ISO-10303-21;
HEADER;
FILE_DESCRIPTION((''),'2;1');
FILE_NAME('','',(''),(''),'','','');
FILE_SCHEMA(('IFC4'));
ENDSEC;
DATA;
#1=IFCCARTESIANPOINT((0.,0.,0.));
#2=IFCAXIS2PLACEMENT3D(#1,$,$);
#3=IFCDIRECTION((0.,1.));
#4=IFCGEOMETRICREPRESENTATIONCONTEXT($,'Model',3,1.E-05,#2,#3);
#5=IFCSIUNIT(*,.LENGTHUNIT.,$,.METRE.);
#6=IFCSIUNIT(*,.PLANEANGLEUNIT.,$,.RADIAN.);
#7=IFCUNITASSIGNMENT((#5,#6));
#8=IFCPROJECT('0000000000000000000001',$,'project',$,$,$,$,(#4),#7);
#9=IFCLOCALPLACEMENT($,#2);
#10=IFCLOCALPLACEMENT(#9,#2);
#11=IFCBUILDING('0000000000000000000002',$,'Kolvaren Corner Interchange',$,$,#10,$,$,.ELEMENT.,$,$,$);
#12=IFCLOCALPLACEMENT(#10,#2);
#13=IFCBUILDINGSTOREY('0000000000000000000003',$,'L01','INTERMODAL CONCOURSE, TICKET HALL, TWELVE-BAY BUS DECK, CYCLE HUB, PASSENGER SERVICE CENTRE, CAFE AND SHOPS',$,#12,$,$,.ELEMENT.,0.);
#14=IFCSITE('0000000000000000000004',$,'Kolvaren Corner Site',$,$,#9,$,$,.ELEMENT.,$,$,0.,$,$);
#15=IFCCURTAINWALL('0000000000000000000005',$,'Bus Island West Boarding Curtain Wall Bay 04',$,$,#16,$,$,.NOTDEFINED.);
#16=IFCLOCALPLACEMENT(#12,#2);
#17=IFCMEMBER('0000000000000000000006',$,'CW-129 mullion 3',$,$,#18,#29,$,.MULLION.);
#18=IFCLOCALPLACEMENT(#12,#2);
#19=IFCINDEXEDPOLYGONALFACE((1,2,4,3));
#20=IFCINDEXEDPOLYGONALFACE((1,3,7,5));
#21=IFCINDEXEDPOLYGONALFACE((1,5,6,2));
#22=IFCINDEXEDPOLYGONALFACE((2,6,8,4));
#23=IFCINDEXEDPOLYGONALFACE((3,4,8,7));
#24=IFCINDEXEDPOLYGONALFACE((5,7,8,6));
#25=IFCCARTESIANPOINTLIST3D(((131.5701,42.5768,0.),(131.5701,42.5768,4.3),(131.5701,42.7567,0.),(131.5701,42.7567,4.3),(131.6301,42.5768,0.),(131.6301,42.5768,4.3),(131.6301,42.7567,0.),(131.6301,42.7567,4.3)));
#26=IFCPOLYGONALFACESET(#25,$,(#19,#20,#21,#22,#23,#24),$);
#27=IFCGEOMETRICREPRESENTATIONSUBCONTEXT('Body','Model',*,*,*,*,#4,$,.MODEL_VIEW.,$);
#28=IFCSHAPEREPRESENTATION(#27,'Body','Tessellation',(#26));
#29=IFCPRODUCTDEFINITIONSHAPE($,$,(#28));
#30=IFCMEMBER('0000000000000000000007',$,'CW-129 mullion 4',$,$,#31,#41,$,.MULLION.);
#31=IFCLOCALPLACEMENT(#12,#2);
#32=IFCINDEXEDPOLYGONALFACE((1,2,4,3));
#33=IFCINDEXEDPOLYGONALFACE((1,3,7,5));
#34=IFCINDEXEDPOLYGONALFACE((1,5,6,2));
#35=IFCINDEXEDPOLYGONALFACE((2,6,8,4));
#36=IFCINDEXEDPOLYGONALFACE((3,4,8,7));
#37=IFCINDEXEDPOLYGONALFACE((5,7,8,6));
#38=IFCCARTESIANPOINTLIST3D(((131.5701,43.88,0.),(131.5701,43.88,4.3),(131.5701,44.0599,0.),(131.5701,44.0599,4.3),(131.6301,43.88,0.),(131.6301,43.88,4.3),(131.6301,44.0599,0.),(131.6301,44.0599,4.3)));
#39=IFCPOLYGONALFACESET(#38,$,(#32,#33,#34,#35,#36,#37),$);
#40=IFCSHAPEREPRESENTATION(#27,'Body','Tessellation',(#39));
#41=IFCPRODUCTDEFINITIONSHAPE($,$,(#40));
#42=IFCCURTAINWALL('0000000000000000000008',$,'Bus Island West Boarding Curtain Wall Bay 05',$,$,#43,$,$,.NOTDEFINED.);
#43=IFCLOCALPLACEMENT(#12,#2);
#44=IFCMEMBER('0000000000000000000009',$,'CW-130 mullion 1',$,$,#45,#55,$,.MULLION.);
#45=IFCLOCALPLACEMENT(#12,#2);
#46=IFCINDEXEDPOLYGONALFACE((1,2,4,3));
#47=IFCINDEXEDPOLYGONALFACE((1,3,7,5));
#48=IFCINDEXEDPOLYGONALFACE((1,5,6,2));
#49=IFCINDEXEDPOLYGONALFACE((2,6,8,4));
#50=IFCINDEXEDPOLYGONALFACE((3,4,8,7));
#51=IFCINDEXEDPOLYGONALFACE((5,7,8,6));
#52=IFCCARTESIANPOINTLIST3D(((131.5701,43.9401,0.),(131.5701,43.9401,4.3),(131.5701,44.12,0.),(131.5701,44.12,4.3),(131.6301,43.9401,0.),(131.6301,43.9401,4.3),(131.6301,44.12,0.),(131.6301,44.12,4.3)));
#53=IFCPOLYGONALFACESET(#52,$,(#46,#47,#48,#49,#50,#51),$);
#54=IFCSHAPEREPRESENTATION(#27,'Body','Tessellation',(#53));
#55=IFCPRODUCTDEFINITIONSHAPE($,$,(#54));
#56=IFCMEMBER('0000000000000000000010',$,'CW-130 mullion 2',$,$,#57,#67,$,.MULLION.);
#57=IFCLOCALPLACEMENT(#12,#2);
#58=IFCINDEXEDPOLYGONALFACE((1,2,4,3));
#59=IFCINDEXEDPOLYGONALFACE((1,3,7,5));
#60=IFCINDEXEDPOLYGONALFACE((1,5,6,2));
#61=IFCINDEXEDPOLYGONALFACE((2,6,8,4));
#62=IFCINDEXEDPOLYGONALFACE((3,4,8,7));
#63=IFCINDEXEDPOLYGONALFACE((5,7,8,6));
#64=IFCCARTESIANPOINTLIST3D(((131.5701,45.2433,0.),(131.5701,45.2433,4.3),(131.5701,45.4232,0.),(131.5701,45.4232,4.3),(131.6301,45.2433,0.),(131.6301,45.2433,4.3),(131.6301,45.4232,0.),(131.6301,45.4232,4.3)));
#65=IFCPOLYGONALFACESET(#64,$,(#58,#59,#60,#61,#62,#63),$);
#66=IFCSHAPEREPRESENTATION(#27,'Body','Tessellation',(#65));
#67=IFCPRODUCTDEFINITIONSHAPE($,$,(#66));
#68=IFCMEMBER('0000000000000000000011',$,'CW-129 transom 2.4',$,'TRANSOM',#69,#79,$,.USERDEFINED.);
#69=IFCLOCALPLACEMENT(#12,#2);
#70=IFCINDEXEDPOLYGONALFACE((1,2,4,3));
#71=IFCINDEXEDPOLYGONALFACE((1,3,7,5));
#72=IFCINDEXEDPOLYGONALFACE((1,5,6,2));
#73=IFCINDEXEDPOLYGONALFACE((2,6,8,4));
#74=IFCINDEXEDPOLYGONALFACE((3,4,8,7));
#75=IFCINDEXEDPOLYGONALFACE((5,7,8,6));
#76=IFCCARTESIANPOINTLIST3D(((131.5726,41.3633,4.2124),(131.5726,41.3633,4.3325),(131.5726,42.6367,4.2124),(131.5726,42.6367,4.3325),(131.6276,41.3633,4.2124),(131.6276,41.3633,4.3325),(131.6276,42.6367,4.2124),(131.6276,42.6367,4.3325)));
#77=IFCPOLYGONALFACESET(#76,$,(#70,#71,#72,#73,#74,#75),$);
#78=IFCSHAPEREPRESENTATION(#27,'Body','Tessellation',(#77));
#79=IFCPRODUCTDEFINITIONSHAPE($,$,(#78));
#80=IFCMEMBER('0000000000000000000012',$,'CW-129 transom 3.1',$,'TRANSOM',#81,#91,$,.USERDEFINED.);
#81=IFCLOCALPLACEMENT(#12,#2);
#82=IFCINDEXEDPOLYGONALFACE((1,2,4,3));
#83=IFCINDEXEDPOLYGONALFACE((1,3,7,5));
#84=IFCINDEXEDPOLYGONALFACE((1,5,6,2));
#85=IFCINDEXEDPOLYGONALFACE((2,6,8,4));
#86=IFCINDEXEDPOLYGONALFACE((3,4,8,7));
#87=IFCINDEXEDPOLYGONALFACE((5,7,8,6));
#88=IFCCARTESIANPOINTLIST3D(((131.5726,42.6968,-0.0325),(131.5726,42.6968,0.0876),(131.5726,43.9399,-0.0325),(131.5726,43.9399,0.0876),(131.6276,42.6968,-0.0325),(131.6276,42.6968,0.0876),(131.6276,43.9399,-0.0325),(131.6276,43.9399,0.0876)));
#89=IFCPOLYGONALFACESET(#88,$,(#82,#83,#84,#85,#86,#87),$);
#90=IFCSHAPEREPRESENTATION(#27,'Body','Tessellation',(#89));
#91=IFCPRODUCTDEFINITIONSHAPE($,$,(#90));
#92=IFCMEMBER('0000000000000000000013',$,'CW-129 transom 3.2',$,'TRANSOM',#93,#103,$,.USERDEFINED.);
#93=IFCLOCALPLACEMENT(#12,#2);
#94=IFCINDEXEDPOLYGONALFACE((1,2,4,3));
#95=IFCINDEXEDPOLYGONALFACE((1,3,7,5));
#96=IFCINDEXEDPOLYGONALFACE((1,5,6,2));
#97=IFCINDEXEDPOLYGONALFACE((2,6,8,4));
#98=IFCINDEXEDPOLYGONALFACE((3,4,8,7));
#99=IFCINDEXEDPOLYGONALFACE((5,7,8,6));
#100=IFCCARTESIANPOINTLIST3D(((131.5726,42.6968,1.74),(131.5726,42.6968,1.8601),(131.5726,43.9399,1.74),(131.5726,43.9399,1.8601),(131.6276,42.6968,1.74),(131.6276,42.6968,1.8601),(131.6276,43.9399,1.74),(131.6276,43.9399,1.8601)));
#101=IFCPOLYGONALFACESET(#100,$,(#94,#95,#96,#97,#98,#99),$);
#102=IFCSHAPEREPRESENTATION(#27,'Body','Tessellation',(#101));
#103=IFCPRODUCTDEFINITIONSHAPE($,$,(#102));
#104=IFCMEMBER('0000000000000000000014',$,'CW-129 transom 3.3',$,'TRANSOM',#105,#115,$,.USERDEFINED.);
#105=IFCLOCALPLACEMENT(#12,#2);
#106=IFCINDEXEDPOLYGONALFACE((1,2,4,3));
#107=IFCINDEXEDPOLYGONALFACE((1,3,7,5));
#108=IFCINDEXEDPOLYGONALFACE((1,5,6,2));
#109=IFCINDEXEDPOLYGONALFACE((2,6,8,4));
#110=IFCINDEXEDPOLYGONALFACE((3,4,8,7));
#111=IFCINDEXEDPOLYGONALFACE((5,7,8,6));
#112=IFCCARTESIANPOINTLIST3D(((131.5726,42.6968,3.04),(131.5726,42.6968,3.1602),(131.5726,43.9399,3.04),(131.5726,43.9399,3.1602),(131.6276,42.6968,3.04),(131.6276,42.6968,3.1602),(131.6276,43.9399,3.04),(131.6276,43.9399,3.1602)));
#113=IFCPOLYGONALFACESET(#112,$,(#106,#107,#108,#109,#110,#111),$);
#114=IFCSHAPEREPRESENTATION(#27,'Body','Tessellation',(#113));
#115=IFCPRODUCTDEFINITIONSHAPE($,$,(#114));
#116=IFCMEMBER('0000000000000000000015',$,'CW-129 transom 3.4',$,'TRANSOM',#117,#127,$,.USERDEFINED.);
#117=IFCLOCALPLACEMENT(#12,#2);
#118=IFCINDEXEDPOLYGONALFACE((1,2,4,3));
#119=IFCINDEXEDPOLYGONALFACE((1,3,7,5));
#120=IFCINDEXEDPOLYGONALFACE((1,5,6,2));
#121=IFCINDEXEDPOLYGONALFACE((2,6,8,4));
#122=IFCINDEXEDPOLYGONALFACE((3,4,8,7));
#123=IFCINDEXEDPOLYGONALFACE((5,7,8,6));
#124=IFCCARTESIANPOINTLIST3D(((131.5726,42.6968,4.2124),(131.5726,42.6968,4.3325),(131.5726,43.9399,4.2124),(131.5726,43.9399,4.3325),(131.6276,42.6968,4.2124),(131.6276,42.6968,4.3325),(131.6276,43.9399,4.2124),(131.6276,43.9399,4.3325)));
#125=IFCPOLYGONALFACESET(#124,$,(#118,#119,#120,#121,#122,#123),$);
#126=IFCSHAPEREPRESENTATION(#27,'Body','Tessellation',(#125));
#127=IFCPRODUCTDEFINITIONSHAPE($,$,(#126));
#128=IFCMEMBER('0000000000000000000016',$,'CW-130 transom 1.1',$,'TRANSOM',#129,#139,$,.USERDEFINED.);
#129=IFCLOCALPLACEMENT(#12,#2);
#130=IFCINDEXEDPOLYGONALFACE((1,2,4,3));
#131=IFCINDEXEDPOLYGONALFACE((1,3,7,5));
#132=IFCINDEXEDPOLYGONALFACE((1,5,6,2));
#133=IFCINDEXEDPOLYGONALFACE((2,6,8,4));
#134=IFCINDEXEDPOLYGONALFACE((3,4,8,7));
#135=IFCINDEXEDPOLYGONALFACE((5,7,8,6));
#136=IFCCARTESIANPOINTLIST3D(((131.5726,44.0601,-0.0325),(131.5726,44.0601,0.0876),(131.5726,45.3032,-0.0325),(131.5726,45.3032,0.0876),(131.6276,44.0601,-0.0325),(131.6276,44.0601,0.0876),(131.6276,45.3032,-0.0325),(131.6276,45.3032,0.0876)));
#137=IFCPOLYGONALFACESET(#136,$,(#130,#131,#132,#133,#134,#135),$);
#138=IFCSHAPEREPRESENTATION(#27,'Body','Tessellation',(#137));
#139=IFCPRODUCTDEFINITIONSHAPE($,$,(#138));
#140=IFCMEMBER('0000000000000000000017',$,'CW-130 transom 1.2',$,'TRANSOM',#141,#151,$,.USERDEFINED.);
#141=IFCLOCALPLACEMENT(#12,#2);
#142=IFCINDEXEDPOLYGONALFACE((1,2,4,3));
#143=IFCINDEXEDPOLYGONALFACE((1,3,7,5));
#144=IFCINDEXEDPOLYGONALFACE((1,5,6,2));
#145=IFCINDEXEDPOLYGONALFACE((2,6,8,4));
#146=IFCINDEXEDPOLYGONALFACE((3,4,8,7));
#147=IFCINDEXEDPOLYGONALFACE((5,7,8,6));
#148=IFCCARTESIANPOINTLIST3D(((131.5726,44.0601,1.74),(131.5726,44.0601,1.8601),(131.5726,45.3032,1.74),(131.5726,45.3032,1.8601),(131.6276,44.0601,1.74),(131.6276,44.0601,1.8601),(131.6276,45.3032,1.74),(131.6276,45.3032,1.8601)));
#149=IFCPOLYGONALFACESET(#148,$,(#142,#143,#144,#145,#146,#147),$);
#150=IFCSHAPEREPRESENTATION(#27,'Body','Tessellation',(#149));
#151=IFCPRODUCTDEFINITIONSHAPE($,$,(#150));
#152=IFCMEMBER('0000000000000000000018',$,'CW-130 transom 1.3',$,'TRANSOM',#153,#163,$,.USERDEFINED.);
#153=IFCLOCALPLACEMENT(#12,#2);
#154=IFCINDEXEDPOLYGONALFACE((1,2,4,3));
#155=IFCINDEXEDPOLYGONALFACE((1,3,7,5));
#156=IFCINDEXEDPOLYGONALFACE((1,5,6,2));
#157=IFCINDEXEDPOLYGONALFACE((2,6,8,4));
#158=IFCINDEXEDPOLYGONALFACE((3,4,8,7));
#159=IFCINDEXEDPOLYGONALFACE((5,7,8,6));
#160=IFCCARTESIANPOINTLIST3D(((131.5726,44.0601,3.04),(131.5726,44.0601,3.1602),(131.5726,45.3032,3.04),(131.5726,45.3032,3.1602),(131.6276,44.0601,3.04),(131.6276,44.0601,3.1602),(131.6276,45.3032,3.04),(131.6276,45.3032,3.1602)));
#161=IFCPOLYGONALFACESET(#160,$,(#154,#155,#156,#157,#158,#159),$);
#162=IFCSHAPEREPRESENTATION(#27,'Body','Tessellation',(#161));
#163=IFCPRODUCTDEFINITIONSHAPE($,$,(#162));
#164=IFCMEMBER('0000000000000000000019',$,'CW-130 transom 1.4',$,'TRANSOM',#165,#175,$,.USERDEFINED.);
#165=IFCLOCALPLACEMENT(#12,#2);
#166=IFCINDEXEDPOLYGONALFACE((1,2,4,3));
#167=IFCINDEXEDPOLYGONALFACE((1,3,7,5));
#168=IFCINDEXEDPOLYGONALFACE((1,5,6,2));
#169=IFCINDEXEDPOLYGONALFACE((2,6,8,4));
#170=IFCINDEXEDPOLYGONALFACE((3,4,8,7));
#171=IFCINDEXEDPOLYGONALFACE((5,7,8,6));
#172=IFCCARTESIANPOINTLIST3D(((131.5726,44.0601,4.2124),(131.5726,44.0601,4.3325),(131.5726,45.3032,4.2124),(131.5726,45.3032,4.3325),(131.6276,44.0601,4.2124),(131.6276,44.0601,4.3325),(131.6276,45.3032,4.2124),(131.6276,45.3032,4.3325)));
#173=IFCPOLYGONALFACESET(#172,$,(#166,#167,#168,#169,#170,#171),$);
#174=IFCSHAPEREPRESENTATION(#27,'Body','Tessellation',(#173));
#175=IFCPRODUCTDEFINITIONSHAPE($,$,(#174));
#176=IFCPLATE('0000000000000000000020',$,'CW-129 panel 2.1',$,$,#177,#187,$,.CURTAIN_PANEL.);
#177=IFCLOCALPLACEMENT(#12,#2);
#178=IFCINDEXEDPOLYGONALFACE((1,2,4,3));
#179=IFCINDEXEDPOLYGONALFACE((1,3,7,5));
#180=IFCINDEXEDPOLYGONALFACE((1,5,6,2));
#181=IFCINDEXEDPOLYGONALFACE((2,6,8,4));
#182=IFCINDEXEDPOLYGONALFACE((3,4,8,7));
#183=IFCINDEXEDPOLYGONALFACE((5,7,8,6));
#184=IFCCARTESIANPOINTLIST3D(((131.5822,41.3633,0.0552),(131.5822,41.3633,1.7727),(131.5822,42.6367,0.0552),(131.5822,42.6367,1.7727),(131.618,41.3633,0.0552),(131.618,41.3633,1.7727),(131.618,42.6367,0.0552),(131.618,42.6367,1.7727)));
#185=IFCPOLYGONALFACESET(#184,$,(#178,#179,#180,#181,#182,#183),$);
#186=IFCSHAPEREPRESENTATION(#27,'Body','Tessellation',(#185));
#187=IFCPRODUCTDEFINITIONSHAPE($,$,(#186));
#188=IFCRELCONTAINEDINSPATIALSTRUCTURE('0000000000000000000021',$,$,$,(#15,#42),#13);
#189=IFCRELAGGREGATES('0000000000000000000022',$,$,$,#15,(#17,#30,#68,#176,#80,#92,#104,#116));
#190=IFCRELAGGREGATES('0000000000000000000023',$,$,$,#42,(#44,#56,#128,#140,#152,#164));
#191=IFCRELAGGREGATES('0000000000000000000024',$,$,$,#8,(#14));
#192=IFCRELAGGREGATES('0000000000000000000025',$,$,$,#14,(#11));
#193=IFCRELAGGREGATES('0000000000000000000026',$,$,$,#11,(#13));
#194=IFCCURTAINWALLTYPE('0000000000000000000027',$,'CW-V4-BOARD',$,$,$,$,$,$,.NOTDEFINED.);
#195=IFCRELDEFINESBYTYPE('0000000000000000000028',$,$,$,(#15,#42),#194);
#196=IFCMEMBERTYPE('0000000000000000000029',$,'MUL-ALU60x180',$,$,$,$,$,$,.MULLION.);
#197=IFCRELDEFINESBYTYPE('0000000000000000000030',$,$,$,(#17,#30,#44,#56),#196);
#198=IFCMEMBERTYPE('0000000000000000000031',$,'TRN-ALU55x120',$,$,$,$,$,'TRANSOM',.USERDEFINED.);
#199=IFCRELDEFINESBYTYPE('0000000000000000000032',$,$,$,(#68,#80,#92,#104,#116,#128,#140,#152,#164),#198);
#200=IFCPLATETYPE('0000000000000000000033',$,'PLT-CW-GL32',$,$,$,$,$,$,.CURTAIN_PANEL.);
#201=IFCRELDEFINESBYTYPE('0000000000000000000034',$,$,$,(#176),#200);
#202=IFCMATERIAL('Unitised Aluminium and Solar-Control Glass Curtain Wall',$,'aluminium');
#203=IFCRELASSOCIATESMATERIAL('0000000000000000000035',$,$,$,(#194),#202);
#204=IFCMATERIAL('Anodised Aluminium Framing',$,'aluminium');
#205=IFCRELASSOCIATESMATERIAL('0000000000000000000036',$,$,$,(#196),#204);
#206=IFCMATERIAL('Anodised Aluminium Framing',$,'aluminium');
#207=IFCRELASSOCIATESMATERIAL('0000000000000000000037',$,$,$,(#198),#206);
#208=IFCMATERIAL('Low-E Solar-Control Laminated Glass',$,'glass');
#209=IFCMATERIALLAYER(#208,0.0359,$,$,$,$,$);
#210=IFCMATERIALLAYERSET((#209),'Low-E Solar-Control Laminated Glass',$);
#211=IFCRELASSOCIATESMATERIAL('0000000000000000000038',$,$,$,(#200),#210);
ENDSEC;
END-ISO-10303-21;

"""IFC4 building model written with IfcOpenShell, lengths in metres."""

from ifc_helpers import new_model, si_unit, direction, frame, origin, origin_2d, place, context, subcontext, project, spatial, rectangle, extrude, material, layer, layer_set, material_profile, profile_set, type_object, element, aggregate, save


model = new_model("IFC4")

# Units and contexts
model_context = context("Model", 3, precision=1e-05, world=origin(), true_north=direction((0.0, 1.0)))
body_context = subcontext(model_context, "Body", "Model", "MODEL_VIEW")
ifc_project = project(units=[si_unit("LENGTHUNIT", "METRE"), si_unit("PLANEANGLEUNIT", "RADIAN")], contexts=[model_context])

# Site, building, storey
site_placement = place(None, origin())
site = spatial("IfcSite", under=ifc_project, at=site_placement, Name="Kolvaren Corner Site", CompositionType="ELEMENT", RefElevation=0.0)
building_placement = place(site_placement, origin())
building = spatial("IfcBuilding", under=site, at=building_placement, Name="Kolvaren Corner Interchange", CompositionType="ELEMENT")
storey_placement = place(building_placement, origin())
storey = spatial("IfcBuildingStorey", under=building, at=storey_placement, Name="L01", Description="INTERMODAL CONCOURSE, TICKET HALL, TWELVE-BAY BUS DECK, CYCLE HUB, PASSENGER SERVICE CENTRE, CAFE AND SHOPS", CompositionType="ELEMENT", Elevation=0.0)

# Curtain walls, members
ifc_material_1 = material(Name="Unitised Aluminium and Solar-Control Glass Curtain Wall", Category="aluminium")
curtain_wall_type = type_object("IfcCurtainWallType", Name="CW-V4-BOARD", PredefinedType="NOTDEFINED", material=ifc_material_1)
curtain_wall_1_placement = place(storey_placement, origin())
curtain_wall_1 = element("IfcCurtainWall", 1, at=curtain_wall_1_placement, inside=storey, type_object=curtain_wall_type, Name="Bus Island West Boarding Curtain Wall Bay 04", PredefinedType="NOTDEFINED")
ifc_material_2 = material(Name="Anodised Aluminium Framing", Category="aluminium")
ifc_material_profile_1 = material_profile(ifc_material_2, rectangle(XDim=0.0601, YDim=0.1799, at=origin_2d()), Name="ALU 60x180")
ifc_profile_set_1 = profile_set([ifc_material_profile_1], Name="Anodised Aluminium Framing")
member_type_1 = type_object("IfcMemberType", Name="MUL-ALU60x180", PredefinedType="MULLION", material=ifc_profile_set_1)
member_1_placement = place(storey_placement, frame((131.6001, 42.6667, 0.0), z_axis=(0.0, 0.0, 1.0), x_axis=(-1.0, 0.0, 0.0)))
member_1 = element("IfcMember", 2, at=member_1_placement, type_object=member_type_1, Name="CW-129 mullion 3", PredefinedType="MULLION", context=body_context, shape_type="SweptSolid", body=[
    extrude(rectangle(XDim=0.0601, YDim=0.1799, at=origin_2d()), origin(), (0.0, 0.0, 1.0), 4.3),
])
member_2_placement = place(storey_placement, frame((131.6001, 43.97, 0.0), z_axis=(0.0, 0.0, 1.0), x_axis=(-1.0, 0.0, 0.0)))
member_2 = element("IfcMember", 3, at=member_2_placement, type_object=member_type_1, Name="CW-129 mullion 4", PredefinedType="MULLION", context=body_context, shape_type="SweptSolid", body=[
    extrude(rectangle(XDim=0.0601, YDim=0.1799, at=origin_2d()), origin(), (0.0, 0.0, 1.0), 4.3),
])
curtain_wall_2_placement = place(storey_placement, origin())
curtain_wall_2 = element("IfcCurtainWall", 4, at=curtain_wall_2_placement, inside=storey, type_object=curtain_wall_type, Name="Bus Island West Boarding Curtain Wall Bay 05", PredefinedType="NOTDEFINED")
member_3_placement = place(storey_placement, frame((131.6001, 44.03, 0.0), z_axis=(0.0, 0.0, 1.0), x_axis=(-1.0, 0.0, 0.0)))
member_3 = element("IfcMember", 5, at=member_3_placement, type_object=member_type_1, Name="CW-130 mullion 1", PredefinedType="MULLION", context=body_context, shape_type="SweptSolid", body=[
    extrude(rectangle(XDim=0.0601, YDim=0.1799, at=origin_2d()), origin(), (0.0, 0.0, 1.0), 4.3),
])
member_4_placement = place(storey_placement, frame((131.6001, 45.3333, 0.0), z_axis=(0.0, 0.0, 1.0), x_axis=(-1.0, 0.0, 0.0)))
member_4 = element("IfcMember", 6, at=member_4_placement, type_object=member_type_1, Name="CW-130 mullion 2", PredefinedType="MULLION", context=body_context, shape_type="SweptSolid", body=[
    extrude(rectangle(XDim=0.0601, YDim=0.1799, at=origin_2d()), origin(), (0.0, 0.0, 1.0), 4.3),
])

# Members
ifc_material_3 = material(Name="Anodised Aluminium Framing", Category="aluminium")
ifc_material_profile_2 = material_profile(ifc_material_3, rectangle(XDim=0.0549, YDim=0.1201, at=origin_2d()), Name="ALU 55x120")
ifc_profile_set_2 = profile_set([ifc_material_profile_2], Name="Anodised Aluminium Framing")
member_type_2 = type_object("IfcMemberType", Name="TRN-ALU55x120", ElementType="TRANSOM", PredefinedType="USERDEFINED", material=ifc_profile_set_2)
member_5_placement = place(storey_placement, frame((131.6001, 41.3633, 4.2725), z_axis=(0.0, 1.0, 0.0), x_axis=(-1.0, 0.0, 0.0)))
member_5 = element("IfcMember", 7, at=member_5_placement, type_object=member_type_2, Name="CW-129 transom 2.4", ObjectType="TRANSOM", PredefinedType="USERDEFINED", context=body_context, shape_type="SweptSolid", body=[
    extrude(rectangle(XDim=0.0549, YDim=0.1201, at=origin_2d()), origin(), (0.0, 0.0, 1.0), 1.2734),
])
member_6_placement = place(storey_placement, frame((131.6001, 42.6968, 0.0276), z_axis=(0.0, 1.0, 0.0), x_axis=(-1.0, 0.0, 0.0)))
member_6 = element("IfcMember", 8, at=member_6_placement, type_object=member_type_2, Name="CW-129 transom 3.1", ObjectType="TRANSOM", PredefinedType="USERDEFINED", context=body_context, shape_type="SweptSolid", body=[
    extrude(rectangle(XDim=0.0549, YDim=0.1201, at=origin_2d()), origin(), (0.0, 0.0, 1.0), 1.2432),
])
member_7_placement = place(storey_placement, frame((131.6001, 42.6968, 1.8), z_axis=(0.0, 1.0, 0.0), x_axis=(-1.0, 0.0, 0.0)))
member_7 = element("IfcMember", 9, at=member_7_placement, type_object=member_type_2, Name="CW-129 transom 3.2", ObjectType="TRANSOM", PredefinedType="USERDEFINED", context=body_context, shape_type="SweptSolid", body=[
    extrude(rectangle(XDim=0.0549, YDim=0.1201, at=origin_2d()), origin(), (0.0, 0.0, 1.0), 1.2432),
])
member_8_placement = place(storey_placement, frame((131.6001, 42.6968, 3.1001), z_axis=(0.0, 1.0, 0.0), x_axis=(-1.0, 0.0, 0.0)))
member_8 = element("IfcMember", 10, at=member_8_placement, type_object=member_type_2, Name="CW-129 transom 3.3", ObjectType="TRANSOM", PredefinedType="USERDEFINED", context=body_context, shape_type="SweptSolid", body=[
    extrude(rectangle(XDim=0.0549, YDim=0.1201, at=origin_2d()), origin(), (0.0, 0.0, 1.0), 1.2432),
])
member_9_placement = place(storey_placement, frame((131.6001, 42.6968, 4.2725), z_axis=(0.0, 1.0, 0.0), x_axis=(-1.0, 0.0, 0.0)))
member_9 = element("IfcMember", 11, at=member_9_placement, type_object=member_type_2, Name="CW-129 transom 3.4", ObjectType="TRANSOM", PredefinedType="USERDEFINED", context=body_context, shape_type="SweptSolid", body=[
    extrude(rectangle(XDim=0.0549, YDim=0.1201, at=origin_2d()), origin(), (0.0, 0.0, 1.0), 1.2432),
])
member_10_placement = place(storey_placement, frame((131.6001, 44.0601, 0.0276), z_axis=(0.0, 1.0, 0.0), x_axis=(-1.0, 0.0, 0.0)))
member_10 = element("IfcMember", 12, at=member_10_placement, type_object=member_type_2, Name="CW-130 transom 1.1", ObjectType="TRANSOM", PredefinedType="USERDEFINED", context=body_context, shape_type="SweptSolid", body=[
    extrude(rectangle(XDim=0.0549, YDim=0.1201, at=origin_2d()), origin(), (0.0, 0.0, 1.0), 1.2432),
])
member_11_placement = place(storey_placement, frame((131.6001, 44.0601, 1.8), z_axis=(0.0, 1.0, 0.0), x_axis=(-1.0, 0.0, 0.0)))
member_11 = element("IfcMember", 13, at=member_11_placement, type_object=member_type_2, Name="CW-130 transom 1.2", ObjectType="TRANSOM", PredefinedType="USERDEFINED", context=body_context, shape_type="SweptSolid", body=[
    extrude(rectangle(XDim=0.0549, YDim=0.1201, at=origin_2d()), origin(), (0.0, 0.0, 1.0), 1.2432),
])
member_12_placement = place(storey_placement, frame((131.6001, 44.0601, 3.1001), z_axis=(0.0, 1.0, 0.0), x_axis=(-1.0, 0.0, 0.0)))
member_12 = element("IfcMember", 14, at=member_12_placement, type_object=member_type_2, Name="CW-130 transom 1.3", ObjectType="TRANSOM", PredefinedType="USERDEFINED", context=body_context, shape_type="SweptSolid", body=[
    extrude(rectangle(XDim=0.0549, YDim=0.1201, at=origin_2d()), origin(), (0.0, 0.0, 1.0), 1.2432),
])
member_13_placement = place(storey_placement, frame((131.6001, 44.0601, 4.2725), z_axis=(0.0, 1.0, 0.0), x_axis=(-1.0, 0.0, 0.0)))
member_13 = element("IfcMember", 15, at=member_13_placement, type_object=member_type_2, Name="CW-130 transom 1.4", ObjectType="TRANSOM", PredefinedType="USERDEFINED", context=body_context, shape_type="SweptSolid", body=[
    extrude(rectangle(XDim=0.0549, YDim=0.1201, at=origin_2d()), origin(), (0.0, 0.0, 1.0), 1.2432),
])

# Plate
ifc_material_4 = material(Name="Low-E Solar-Control Laminated Glass", Category="glass")
ifc_layer = layer(ifc_material_4, 0.0359)
ifc_layer_set = layer_set([ifc_layer], Name="Low-E Solar-Control Laminated Glass")
plate_type = type_object("IfcPlateType", Name="PLT-CW-GL32", PredefinedType="CURTAIN_PANEL", material=ifc_layer_set)
plate_1_placement = place(storey_placement, frame((131.6001, 42.0, 0.0552), z_axis=(0.0, 0.0, 1.0), x_axis=(0.0, 1.0, 0.0)))
plate_1 = element("IfcPlate", 16, at=plate_1_placement, type_object=plate_type, Name="CW-129 panel 2.1", PredefinedType="CURTAIN_PANEL", context=body_context, shape_type="SweptSolid", body=[
    extrude(rectangle(XDim=1.2734, YDim=0.0359, at=origin_2d()), origin(), (0.0, 0.0, 1.0), 1.7175),
])
aggregate(curtain_wall_1, [member_1, member_2, member_5, plate_1, member_6, member_7, member_8, member_9])
aggregate(curtain_wall_2, [member_3, member_4, member_10, member_11, member_12, member_13])

save(model, "model.ifc")
